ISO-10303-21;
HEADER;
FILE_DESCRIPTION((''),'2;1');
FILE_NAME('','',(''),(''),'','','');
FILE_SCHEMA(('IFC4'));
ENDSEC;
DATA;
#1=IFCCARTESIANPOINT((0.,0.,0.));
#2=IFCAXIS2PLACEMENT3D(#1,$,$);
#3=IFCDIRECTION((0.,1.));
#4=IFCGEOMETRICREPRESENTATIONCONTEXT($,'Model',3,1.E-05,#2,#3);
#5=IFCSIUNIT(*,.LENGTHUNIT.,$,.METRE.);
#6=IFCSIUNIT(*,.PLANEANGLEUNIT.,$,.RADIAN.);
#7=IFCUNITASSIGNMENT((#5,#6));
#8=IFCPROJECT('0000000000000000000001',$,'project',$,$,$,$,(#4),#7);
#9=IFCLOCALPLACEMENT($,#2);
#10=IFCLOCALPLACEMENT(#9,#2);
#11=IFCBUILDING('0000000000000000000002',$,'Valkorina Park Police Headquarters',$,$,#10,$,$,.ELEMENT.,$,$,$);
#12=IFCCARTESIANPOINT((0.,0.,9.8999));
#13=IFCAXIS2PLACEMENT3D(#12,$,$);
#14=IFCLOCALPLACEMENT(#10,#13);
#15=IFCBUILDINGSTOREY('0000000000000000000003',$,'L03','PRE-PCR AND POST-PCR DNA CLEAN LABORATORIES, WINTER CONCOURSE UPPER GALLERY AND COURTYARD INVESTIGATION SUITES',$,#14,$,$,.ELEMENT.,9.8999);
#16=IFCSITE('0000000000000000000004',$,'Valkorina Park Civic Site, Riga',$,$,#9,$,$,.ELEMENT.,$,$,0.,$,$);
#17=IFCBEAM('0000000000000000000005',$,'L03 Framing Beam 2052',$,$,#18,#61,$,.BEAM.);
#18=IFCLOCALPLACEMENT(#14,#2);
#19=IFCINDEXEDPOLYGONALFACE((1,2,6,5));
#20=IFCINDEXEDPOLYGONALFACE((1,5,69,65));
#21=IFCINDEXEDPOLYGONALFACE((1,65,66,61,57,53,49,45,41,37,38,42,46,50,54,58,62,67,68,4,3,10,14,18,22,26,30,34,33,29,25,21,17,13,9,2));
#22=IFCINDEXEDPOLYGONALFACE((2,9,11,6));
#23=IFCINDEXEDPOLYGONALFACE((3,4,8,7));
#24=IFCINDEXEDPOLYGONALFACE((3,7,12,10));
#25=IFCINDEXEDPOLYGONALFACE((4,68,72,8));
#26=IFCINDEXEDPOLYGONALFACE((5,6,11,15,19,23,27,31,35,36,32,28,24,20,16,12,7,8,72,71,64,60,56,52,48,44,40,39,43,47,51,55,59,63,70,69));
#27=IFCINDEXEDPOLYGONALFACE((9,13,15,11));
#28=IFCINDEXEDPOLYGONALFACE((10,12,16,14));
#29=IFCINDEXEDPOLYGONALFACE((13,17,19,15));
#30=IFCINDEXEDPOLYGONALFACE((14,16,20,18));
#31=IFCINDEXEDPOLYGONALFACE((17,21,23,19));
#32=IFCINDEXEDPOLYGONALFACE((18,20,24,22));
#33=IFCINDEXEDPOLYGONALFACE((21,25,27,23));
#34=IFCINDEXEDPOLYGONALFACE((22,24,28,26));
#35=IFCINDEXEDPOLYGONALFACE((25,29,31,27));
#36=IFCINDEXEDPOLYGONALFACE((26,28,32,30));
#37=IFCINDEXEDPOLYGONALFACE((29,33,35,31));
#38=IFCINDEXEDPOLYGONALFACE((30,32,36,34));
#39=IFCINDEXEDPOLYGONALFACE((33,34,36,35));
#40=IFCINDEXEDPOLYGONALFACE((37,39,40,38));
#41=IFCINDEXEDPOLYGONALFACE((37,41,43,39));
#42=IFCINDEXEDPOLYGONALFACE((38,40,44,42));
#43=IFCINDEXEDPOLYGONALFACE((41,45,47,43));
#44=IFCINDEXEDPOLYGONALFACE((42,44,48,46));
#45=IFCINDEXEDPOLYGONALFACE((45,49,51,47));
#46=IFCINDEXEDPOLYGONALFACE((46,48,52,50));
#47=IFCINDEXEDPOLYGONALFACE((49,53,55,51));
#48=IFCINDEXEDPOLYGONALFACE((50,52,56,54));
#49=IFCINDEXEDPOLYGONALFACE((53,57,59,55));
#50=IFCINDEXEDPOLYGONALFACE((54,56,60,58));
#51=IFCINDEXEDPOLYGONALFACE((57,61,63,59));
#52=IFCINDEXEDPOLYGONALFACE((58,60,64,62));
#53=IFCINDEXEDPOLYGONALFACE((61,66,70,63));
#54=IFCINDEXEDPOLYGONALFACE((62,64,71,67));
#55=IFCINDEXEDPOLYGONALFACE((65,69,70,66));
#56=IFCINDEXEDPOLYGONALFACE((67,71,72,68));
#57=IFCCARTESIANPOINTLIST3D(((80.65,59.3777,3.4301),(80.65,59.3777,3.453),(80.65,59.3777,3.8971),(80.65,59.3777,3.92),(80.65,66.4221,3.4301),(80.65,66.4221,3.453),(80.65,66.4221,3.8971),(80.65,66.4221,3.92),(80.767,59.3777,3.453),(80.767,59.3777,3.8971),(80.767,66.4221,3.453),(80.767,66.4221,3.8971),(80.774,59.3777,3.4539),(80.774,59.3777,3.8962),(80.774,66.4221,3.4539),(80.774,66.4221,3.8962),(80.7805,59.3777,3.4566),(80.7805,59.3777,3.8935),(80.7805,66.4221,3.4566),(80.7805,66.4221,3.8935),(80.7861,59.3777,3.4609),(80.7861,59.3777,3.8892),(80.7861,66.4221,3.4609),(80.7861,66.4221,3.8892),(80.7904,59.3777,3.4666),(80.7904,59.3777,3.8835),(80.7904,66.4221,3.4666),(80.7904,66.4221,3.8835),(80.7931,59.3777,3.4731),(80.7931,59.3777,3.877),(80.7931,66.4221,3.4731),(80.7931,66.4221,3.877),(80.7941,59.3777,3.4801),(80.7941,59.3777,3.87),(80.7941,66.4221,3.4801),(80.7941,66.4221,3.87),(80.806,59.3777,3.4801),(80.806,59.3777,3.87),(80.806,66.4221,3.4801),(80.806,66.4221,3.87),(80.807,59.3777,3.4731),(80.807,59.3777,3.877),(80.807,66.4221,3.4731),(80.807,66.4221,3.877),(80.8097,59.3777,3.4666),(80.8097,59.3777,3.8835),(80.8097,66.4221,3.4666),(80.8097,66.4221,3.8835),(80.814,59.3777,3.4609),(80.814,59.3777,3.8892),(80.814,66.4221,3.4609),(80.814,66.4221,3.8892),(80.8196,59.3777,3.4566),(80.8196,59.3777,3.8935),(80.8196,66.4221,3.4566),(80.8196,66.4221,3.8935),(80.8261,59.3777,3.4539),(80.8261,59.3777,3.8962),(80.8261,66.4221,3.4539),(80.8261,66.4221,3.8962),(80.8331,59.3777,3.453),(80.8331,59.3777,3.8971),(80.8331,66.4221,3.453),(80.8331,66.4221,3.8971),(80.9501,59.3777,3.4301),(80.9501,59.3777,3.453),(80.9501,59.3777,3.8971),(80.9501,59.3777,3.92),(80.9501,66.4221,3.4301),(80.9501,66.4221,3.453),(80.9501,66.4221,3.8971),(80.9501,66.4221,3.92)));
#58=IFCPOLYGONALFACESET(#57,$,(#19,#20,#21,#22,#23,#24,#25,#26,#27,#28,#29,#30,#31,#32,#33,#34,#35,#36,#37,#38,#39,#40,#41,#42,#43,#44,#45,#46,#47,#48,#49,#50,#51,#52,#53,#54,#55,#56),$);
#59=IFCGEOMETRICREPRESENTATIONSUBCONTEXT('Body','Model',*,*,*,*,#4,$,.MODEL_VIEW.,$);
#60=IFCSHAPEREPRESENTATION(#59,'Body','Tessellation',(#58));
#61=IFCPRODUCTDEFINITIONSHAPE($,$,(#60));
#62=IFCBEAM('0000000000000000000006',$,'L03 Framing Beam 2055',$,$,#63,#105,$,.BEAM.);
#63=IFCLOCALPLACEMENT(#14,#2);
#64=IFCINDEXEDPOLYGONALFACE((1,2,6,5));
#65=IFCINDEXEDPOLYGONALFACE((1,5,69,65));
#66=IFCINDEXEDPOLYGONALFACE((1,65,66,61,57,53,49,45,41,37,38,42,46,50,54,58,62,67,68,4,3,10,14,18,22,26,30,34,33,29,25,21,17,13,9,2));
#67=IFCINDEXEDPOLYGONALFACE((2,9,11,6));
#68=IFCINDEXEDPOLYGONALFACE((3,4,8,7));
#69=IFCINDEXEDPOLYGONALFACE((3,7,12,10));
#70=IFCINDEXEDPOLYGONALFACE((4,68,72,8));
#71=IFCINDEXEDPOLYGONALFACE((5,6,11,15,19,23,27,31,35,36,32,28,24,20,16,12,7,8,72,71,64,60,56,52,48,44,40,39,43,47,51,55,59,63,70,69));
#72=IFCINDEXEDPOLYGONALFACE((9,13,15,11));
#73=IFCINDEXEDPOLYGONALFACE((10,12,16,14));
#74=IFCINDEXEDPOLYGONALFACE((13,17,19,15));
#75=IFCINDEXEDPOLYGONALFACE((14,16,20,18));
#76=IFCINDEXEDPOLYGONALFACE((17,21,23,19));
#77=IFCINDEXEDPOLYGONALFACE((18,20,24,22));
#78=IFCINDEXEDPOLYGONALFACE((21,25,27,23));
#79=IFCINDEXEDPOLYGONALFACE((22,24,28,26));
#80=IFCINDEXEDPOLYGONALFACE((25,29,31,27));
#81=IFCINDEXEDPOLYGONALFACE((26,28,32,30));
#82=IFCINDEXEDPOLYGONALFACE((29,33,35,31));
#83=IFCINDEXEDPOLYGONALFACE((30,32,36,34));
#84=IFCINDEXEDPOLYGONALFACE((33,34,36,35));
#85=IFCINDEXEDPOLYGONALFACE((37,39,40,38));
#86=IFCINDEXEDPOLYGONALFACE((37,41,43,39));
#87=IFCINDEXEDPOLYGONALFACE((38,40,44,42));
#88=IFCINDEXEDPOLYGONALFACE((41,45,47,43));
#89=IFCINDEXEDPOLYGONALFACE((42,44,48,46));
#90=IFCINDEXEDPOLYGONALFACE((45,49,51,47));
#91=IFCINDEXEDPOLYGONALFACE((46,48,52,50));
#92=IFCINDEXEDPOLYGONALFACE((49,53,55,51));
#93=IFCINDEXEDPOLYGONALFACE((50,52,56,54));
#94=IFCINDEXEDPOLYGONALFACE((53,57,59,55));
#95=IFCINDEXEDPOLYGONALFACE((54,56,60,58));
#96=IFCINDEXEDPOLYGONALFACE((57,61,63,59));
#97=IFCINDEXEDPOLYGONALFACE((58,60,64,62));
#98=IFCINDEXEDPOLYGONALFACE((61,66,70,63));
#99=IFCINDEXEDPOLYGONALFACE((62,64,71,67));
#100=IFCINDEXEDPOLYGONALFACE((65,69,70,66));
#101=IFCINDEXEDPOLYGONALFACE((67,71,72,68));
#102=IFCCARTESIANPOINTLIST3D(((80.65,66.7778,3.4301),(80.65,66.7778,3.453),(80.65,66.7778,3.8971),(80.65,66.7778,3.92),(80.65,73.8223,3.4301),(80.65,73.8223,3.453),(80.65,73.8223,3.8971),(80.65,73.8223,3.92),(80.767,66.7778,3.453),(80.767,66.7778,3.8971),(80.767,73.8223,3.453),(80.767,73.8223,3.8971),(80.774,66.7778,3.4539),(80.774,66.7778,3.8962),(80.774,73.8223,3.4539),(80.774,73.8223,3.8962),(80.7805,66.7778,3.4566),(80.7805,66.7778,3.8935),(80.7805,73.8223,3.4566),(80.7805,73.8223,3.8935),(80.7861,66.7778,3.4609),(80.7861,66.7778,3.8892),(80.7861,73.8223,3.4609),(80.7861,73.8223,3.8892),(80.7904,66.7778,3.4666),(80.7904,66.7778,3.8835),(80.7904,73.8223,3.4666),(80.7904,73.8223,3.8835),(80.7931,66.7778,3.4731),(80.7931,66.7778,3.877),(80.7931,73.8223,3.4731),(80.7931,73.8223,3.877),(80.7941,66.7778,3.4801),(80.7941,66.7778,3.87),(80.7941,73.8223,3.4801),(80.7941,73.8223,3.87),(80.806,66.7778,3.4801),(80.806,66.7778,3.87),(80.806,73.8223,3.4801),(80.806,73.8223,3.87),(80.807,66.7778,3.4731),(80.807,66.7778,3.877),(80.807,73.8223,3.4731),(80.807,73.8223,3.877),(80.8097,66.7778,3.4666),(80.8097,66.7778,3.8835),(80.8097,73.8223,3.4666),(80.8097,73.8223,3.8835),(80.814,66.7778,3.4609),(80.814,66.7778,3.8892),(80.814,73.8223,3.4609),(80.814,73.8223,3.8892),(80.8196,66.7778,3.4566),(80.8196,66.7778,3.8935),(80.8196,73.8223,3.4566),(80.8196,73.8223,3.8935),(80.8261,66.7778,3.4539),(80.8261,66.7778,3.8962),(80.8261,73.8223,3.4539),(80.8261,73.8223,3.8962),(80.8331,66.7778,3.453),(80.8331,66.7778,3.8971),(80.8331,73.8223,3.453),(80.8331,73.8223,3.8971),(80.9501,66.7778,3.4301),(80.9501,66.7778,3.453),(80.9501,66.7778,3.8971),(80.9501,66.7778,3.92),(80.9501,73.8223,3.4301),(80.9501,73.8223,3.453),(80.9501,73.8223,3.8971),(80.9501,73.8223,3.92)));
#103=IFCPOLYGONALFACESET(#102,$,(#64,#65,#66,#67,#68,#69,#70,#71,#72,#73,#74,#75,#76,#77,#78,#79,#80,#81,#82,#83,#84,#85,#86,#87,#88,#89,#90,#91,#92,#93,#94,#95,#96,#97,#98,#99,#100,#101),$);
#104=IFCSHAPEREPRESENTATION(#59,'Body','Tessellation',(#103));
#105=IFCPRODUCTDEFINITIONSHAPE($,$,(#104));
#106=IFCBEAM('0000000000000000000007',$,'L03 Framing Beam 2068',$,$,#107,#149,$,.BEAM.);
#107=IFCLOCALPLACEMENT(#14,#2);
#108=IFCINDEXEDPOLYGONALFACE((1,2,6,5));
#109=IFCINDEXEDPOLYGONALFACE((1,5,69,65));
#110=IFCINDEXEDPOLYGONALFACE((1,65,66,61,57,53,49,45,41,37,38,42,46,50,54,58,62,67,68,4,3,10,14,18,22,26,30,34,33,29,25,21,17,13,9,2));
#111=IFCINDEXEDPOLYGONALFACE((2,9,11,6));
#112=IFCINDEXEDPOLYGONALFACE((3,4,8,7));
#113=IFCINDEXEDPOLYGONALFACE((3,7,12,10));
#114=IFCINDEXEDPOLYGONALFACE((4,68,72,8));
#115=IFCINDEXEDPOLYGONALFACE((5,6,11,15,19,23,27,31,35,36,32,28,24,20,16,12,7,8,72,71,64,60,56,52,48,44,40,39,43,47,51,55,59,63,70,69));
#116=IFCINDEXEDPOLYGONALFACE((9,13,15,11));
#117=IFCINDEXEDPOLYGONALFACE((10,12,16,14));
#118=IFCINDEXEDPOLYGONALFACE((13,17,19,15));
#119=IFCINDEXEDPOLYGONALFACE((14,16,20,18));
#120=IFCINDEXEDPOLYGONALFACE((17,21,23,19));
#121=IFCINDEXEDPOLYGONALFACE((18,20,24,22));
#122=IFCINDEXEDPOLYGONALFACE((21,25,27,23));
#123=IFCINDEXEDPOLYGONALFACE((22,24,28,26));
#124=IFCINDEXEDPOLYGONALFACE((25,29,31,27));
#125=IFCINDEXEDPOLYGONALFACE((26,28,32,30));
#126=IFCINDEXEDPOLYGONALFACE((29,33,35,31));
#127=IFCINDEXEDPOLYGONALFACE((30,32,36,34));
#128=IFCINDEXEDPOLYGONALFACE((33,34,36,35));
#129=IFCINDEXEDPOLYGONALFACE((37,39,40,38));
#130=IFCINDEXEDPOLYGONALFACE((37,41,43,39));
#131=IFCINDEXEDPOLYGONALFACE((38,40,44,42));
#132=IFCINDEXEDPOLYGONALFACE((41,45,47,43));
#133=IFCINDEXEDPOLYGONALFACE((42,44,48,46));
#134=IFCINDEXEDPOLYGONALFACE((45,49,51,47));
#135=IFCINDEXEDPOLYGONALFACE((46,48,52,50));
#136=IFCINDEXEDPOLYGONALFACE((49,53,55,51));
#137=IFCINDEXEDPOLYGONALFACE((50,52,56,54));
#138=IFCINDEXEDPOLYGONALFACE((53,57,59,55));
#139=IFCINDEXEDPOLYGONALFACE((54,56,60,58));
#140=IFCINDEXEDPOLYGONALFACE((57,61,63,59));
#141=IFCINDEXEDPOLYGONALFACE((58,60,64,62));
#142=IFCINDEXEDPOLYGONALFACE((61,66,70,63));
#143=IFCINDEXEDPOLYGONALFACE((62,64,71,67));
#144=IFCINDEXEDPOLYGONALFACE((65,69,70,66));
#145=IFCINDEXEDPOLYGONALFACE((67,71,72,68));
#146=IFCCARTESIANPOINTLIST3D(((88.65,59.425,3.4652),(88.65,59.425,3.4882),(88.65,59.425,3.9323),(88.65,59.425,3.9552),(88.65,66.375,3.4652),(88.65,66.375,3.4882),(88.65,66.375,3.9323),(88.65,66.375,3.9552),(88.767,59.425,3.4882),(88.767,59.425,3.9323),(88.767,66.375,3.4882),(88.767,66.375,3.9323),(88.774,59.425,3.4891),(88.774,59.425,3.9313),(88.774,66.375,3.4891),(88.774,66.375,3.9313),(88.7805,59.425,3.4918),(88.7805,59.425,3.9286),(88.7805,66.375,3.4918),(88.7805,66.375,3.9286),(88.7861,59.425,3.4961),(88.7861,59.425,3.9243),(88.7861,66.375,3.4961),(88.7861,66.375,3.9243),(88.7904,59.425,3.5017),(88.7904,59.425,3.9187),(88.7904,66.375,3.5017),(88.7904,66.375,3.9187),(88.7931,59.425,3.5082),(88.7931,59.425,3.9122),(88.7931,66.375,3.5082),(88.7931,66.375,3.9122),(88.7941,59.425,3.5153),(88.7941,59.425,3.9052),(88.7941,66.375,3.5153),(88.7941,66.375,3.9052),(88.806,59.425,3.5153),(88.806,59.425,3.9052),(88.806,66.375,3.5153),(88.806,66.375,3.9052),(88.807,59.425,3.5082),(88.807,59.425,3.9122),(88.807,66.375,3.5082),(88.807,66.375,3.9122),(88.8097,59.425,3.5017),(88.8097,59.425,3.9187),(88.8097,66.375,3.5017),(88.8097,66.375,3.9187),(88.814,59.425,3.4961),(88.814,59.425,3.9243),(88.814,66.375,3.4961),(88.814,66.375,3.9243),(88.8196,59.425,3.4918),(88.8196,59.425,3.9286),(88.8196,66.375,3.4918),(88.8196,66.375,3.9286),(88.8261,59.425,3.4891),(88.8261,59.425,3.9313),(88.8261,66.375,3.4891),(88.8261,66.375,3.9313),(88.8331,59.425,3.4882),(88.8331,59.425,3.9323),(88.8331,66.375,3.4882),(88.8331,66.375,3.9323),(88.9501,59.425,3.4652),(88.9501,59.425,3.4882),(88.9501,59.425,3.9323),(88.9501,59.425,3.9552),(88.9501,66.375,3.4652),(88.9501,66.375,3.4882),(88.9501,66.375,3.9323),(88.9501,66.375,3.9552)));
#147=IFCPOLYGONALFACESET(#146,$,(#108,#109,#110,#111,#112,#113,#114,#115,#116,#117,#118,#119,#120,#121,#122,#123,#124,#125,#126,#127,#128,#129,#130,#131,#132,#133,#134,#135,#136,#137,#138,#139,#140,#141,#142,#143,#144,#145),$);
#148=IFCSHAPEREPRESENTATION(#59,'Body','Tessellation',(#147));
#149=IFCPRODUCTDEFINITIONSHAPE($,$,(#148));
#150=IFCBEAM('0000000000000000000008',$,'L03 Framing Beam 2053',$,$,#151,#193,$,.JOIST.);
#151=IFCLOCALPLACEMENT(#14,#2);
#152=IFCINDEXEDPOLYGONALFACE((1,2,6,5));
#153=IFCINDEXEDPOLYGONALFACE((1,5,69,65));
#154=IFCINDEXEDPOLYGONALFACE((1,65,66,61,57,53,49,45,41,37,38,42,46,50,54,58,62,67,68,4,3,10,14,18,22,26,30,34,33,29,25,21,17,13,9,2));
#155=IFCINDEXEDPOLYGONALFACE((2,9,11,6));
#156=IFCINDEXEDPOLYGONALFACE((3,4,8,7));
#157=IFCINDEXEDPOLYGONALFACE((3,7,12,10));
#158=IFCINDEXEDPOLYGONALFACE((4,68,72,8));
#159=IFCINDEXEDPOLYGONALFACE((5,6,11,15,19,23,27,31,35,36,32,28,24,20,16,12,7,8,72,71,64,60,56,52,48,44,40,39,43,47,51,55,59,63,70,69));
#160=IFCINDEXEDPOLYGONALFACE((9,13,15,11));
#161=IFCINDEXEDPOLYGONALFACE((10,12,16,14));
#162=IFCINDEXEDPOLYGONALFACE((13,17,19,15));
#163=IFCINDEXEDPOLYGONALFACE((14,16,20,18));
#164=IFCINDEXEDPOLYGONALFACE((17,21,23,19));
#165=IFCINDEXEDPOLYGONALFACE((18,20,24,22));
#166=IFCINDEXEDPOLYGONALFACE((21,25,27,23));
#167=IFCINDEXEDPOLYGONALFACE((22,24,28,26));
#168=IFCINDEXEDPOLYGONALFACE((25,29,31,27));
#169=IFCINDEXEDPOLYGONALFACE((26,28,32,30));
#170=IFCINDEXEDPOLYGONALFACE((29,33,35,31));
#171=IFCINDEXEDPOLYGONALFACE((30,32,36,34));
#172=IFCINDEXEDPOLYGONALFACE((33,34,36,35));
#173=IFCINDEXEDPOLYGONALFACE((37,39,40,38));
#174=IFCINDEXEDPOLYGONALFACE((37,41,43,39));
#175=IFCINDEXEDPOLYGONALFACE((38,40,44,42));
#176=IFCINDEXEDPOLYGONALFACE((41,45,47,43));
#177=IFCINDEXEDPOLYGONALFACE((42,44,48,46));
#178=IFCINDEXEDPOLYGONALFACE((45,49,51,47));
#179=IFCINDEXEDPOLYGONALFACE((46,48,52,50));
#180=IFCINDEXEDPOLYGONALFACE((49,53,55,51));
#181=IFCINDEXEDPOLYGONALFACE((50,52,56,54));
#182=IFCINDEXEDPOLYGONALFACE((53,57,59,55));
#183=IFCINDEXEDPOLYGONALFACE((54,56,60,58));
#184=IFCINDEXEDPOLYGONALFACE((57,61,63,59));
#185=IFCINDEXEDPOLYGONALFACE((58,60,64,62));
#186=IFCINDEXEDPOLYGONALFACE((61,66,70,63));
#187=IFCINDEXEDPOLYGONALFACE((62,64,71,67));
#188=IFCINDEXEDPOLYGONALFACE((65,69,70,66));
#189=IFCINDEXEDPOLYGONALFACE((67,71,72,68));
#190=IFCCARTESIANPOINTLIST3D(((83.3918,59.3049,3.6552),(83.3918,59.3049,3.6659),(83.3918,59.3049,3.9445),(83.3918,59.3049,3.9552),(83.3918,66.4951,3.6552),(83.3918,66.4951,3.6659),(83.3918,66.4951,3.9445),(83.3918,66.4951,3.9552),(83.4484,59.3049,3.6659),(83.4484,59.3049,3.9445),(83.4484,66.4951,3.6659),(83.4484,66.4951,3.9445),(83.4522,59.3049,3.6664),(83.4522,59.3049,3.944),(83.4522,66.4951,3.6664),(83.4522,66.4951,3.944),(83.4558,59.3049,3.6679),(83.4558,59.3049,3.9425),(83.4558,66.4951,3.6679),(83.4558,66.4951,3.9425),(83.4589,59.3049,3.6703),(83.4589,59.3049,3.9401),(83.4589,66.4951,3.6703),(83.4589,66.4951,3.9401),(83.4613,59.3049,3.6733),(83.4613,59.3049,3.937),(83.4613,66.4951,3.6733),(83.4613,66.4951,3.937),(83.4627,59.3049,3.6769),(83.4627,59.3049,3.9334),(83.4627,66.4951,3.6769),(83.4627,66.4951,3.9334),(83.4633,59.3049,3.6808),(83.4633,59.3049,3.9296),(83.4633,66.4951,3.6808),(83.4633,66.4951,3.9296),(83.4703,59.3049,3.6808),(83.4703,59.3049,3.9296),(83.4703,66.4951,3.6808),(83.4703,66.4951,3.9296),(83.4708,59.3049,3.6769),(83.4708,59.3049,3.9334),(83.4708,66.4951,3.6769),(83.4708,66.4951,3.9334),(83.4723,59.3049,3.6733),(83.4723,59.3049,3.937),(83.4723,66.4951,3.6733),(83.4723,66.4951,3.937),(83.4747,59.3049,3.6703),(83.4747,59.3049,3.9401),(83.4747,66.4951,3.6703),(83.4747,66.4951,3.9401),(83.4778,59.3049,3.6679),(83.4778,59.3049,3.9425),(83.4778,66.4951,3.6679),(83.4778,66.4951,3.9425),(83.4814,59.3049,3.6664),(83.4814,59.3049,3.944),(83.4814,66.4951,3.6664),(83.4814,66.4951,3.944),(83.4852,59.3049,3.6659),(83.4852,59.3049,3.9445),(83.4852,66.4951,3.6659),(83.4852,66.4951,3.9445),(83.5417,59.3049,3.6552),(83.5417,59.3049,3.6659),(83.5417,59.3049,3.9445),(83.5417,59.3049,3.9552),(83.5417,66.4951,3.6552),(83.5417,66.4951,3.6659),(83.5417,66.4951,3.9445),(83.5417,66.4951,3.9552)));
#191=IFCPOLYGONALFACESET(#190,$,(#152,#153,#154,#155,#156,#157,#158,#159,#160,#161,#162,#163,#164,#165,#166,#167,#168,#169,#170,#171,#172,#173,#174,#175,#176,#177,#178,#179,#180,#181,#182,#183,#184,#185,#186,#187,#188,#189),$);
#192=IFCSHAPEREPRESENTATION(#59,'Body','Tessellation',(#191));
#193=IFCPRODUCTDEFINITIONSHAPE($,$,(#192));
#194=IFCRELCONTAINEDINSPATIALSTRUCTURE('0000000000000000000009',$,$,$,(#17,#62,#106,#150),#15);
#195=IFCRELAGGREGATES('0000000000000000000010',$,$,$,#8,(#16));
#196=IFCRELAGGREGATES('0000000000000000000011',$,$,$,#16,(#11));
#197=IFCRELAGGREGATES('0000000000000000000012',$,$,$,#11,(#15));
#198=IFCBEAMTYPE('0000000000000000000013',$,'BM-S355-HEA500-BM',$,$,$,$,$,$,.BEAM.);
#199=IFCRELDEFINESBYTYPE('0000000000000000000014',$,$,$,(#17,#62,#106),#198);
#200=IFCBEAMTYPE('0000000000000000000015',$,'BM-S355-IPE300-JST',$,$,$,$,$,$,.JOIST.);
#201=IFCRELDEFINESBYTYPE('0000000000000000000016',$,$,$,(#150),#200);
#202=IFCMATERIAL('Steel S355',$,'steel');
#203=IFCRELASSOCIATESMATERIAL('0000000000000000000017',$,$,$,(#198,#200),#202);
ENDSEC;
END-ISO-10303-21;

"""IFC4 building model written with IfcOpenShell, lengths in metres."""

from ifc_helpers import new_model, si_unit, direction, frame, origin, origin_2d, place, context, subcontext, project, spatial, i_section, extrude, material, material_profile, profile_set, type_object, element, save


model = new_model("IFC4")

# Units and contexts
model_context = context("Model", 3, precision=1e-05, world=origin(), true_north=direction((0.0, 1.0)))
body_context = subcontext(model_context, "Body", "Model", "MODEL_VIEW")
ifc_project = project(units=[si_unit("LENGTHUNIT", "METRE"), si_unit("PLANEANGLEUNIT", "RADIAN")], contexts=[model_context])

# Site, building, storey
site_placement = place(None, origin())
site = spatial("IfcSite", under=ifc_project, at=site_placement, Name="Valkorina Park Civic Site, Riga", CompositionType="ELEMENT", RefElevation=0.0)
building_placement = place(site_placement, origin())
building = spatial("IfcBuilding", under=site, at=building_placement, Name="Valkorina Park Police Headquarters", CompositionType="ELEMENT")
storey_placement = place(building_placement, frame((0.0, 0.0, 9.8999)))
storey = spatial("IfcBuildingStorey", under=building, at=storey_placement, Name="L03", Description="PRE-PCR AND POST-PCR DNA CLEAN LABORATORIES, WINTER CONCOURSE UPPER GALLERY AND COURTYARD INVESTIGATION SUITES", CompositionType="ELEMENT", Elevation=9.8999)

# Shared definitions
ifc_material_1 = material(Name="Steel S355", Category="steel")

# Beams
ifc_material_profile_1 = material_profile(ifc_material_1, i_section(OverallWidth=0.3, OverallDepth=0.49, WebThickness=0.012, FlangeThickness=0.0229, FilletRadius=0.0271, at=origin_2d()), Name="HEA 500")
ifc_profile_set_1 = profile_set([ifc_material_profile_1], Name="Steel S355")
beam_type_1 = type_object("IfcBeamType", Name="BM-S355-HEA500-BM", PredefinedType="BEAM", material=ifc_profile_set_1)
for number, where, z_axis, x_axis, name in (
    (1, (80.8, 59.3777, 3.675), (0.0, 1.0, 0.0), (-1.0, 0.0, 0.0), "L03 Framing Beam 2052"),
    (2, (80.8, 66.7778, 3.675), (0.0, 1.0, 0.0), (-1.0, 0.0, 0.0), "L03 Framing Beam 2055"),
):
    element("IfcBeam", number, at=place(storey_placement, frame(where, z_axis=z_axis, x_axis=x_axis)), inside=storey, type_object=beam_type_1, Name=name, PredefinedType="BEAM", context=body_context, shape_type="SweptSolid", body=[
        extrude(i_section(OverallWidth=0.3, OverallDepth=0.49, WebThickness=0.012, FlangeThickness=0.0229, FilletRadius=0.0271, at=origin_2d()), origin(), (0.0, 0.0, 1.0), 7.0444),
    ])
beam_placement = place(storey_placement, frame((88.8, 59.425, 3.7102), z_axis=(0.0, 1.0, 0.0), x_axis=(-1.0, 0.0, 0.0)))
element("IfcBeam", 3, at=beam_placement, inside=storey, type_object=beam_type_1, Name="L03 Framing Beam 2068", PredefinedType="BEAM", context=body_context, shape_type="SweptSolid", body=[
    extrude(i_section(OverallWidth=0.3, OverallDepth=0.49, WebThickness=0.012, FlangeThickness=0.0229, FilletRadius=0.0271, at=origin_2d()), origin(), (0.0, 0.0, 1.0), 6.95),
])
ifc_material_profile_2 = material_profile(ifc_material_1, i_section(OverallWidth=0.1499, OverallDepth=0.3, WebThickness=0.0071, FlangeThickness=0.0107, FilletRadius=0.0149, at=origin_2d()), Name="IPE 300")
ifc_profile_set_2 = profile_set([ifc_material_profile_2], Name="Steel S355")
beam_type_2 = type_object("IfcBeamType", Name="BM-S355-IPE300-JST", PredefinedType="JOIST", material=ifc_profile_set_2)
for number, where, z_axis, x_axis, name in (
    (4, (83.4668, 59.3049, 3.8052), (0.0, 1.0, 0.0), (-1.0, 0.0, 0.0), "L03 Framing Beam 2053"),
):
    element("IfcBeam", number, at=place(storey_placement, frame(where, z_axis=z_axis, x_axis=x_axis)), inside=storey, type_object=beam_type_2, Name=name, PredefinedType="JOIST", context=body_context, shape_type="SweptSolid", body=[
        extrude(i_section(OverallWidth=0.1499, OverallDepth=0.3, WebThickness=0.0071, FlangeThickness=0.0107, FilletRadius=0.0149, at=origin_2d()), origin(), (0.0, 0.0, 1.0), 7.1902),
    ])

save(model, "model.ifc")
